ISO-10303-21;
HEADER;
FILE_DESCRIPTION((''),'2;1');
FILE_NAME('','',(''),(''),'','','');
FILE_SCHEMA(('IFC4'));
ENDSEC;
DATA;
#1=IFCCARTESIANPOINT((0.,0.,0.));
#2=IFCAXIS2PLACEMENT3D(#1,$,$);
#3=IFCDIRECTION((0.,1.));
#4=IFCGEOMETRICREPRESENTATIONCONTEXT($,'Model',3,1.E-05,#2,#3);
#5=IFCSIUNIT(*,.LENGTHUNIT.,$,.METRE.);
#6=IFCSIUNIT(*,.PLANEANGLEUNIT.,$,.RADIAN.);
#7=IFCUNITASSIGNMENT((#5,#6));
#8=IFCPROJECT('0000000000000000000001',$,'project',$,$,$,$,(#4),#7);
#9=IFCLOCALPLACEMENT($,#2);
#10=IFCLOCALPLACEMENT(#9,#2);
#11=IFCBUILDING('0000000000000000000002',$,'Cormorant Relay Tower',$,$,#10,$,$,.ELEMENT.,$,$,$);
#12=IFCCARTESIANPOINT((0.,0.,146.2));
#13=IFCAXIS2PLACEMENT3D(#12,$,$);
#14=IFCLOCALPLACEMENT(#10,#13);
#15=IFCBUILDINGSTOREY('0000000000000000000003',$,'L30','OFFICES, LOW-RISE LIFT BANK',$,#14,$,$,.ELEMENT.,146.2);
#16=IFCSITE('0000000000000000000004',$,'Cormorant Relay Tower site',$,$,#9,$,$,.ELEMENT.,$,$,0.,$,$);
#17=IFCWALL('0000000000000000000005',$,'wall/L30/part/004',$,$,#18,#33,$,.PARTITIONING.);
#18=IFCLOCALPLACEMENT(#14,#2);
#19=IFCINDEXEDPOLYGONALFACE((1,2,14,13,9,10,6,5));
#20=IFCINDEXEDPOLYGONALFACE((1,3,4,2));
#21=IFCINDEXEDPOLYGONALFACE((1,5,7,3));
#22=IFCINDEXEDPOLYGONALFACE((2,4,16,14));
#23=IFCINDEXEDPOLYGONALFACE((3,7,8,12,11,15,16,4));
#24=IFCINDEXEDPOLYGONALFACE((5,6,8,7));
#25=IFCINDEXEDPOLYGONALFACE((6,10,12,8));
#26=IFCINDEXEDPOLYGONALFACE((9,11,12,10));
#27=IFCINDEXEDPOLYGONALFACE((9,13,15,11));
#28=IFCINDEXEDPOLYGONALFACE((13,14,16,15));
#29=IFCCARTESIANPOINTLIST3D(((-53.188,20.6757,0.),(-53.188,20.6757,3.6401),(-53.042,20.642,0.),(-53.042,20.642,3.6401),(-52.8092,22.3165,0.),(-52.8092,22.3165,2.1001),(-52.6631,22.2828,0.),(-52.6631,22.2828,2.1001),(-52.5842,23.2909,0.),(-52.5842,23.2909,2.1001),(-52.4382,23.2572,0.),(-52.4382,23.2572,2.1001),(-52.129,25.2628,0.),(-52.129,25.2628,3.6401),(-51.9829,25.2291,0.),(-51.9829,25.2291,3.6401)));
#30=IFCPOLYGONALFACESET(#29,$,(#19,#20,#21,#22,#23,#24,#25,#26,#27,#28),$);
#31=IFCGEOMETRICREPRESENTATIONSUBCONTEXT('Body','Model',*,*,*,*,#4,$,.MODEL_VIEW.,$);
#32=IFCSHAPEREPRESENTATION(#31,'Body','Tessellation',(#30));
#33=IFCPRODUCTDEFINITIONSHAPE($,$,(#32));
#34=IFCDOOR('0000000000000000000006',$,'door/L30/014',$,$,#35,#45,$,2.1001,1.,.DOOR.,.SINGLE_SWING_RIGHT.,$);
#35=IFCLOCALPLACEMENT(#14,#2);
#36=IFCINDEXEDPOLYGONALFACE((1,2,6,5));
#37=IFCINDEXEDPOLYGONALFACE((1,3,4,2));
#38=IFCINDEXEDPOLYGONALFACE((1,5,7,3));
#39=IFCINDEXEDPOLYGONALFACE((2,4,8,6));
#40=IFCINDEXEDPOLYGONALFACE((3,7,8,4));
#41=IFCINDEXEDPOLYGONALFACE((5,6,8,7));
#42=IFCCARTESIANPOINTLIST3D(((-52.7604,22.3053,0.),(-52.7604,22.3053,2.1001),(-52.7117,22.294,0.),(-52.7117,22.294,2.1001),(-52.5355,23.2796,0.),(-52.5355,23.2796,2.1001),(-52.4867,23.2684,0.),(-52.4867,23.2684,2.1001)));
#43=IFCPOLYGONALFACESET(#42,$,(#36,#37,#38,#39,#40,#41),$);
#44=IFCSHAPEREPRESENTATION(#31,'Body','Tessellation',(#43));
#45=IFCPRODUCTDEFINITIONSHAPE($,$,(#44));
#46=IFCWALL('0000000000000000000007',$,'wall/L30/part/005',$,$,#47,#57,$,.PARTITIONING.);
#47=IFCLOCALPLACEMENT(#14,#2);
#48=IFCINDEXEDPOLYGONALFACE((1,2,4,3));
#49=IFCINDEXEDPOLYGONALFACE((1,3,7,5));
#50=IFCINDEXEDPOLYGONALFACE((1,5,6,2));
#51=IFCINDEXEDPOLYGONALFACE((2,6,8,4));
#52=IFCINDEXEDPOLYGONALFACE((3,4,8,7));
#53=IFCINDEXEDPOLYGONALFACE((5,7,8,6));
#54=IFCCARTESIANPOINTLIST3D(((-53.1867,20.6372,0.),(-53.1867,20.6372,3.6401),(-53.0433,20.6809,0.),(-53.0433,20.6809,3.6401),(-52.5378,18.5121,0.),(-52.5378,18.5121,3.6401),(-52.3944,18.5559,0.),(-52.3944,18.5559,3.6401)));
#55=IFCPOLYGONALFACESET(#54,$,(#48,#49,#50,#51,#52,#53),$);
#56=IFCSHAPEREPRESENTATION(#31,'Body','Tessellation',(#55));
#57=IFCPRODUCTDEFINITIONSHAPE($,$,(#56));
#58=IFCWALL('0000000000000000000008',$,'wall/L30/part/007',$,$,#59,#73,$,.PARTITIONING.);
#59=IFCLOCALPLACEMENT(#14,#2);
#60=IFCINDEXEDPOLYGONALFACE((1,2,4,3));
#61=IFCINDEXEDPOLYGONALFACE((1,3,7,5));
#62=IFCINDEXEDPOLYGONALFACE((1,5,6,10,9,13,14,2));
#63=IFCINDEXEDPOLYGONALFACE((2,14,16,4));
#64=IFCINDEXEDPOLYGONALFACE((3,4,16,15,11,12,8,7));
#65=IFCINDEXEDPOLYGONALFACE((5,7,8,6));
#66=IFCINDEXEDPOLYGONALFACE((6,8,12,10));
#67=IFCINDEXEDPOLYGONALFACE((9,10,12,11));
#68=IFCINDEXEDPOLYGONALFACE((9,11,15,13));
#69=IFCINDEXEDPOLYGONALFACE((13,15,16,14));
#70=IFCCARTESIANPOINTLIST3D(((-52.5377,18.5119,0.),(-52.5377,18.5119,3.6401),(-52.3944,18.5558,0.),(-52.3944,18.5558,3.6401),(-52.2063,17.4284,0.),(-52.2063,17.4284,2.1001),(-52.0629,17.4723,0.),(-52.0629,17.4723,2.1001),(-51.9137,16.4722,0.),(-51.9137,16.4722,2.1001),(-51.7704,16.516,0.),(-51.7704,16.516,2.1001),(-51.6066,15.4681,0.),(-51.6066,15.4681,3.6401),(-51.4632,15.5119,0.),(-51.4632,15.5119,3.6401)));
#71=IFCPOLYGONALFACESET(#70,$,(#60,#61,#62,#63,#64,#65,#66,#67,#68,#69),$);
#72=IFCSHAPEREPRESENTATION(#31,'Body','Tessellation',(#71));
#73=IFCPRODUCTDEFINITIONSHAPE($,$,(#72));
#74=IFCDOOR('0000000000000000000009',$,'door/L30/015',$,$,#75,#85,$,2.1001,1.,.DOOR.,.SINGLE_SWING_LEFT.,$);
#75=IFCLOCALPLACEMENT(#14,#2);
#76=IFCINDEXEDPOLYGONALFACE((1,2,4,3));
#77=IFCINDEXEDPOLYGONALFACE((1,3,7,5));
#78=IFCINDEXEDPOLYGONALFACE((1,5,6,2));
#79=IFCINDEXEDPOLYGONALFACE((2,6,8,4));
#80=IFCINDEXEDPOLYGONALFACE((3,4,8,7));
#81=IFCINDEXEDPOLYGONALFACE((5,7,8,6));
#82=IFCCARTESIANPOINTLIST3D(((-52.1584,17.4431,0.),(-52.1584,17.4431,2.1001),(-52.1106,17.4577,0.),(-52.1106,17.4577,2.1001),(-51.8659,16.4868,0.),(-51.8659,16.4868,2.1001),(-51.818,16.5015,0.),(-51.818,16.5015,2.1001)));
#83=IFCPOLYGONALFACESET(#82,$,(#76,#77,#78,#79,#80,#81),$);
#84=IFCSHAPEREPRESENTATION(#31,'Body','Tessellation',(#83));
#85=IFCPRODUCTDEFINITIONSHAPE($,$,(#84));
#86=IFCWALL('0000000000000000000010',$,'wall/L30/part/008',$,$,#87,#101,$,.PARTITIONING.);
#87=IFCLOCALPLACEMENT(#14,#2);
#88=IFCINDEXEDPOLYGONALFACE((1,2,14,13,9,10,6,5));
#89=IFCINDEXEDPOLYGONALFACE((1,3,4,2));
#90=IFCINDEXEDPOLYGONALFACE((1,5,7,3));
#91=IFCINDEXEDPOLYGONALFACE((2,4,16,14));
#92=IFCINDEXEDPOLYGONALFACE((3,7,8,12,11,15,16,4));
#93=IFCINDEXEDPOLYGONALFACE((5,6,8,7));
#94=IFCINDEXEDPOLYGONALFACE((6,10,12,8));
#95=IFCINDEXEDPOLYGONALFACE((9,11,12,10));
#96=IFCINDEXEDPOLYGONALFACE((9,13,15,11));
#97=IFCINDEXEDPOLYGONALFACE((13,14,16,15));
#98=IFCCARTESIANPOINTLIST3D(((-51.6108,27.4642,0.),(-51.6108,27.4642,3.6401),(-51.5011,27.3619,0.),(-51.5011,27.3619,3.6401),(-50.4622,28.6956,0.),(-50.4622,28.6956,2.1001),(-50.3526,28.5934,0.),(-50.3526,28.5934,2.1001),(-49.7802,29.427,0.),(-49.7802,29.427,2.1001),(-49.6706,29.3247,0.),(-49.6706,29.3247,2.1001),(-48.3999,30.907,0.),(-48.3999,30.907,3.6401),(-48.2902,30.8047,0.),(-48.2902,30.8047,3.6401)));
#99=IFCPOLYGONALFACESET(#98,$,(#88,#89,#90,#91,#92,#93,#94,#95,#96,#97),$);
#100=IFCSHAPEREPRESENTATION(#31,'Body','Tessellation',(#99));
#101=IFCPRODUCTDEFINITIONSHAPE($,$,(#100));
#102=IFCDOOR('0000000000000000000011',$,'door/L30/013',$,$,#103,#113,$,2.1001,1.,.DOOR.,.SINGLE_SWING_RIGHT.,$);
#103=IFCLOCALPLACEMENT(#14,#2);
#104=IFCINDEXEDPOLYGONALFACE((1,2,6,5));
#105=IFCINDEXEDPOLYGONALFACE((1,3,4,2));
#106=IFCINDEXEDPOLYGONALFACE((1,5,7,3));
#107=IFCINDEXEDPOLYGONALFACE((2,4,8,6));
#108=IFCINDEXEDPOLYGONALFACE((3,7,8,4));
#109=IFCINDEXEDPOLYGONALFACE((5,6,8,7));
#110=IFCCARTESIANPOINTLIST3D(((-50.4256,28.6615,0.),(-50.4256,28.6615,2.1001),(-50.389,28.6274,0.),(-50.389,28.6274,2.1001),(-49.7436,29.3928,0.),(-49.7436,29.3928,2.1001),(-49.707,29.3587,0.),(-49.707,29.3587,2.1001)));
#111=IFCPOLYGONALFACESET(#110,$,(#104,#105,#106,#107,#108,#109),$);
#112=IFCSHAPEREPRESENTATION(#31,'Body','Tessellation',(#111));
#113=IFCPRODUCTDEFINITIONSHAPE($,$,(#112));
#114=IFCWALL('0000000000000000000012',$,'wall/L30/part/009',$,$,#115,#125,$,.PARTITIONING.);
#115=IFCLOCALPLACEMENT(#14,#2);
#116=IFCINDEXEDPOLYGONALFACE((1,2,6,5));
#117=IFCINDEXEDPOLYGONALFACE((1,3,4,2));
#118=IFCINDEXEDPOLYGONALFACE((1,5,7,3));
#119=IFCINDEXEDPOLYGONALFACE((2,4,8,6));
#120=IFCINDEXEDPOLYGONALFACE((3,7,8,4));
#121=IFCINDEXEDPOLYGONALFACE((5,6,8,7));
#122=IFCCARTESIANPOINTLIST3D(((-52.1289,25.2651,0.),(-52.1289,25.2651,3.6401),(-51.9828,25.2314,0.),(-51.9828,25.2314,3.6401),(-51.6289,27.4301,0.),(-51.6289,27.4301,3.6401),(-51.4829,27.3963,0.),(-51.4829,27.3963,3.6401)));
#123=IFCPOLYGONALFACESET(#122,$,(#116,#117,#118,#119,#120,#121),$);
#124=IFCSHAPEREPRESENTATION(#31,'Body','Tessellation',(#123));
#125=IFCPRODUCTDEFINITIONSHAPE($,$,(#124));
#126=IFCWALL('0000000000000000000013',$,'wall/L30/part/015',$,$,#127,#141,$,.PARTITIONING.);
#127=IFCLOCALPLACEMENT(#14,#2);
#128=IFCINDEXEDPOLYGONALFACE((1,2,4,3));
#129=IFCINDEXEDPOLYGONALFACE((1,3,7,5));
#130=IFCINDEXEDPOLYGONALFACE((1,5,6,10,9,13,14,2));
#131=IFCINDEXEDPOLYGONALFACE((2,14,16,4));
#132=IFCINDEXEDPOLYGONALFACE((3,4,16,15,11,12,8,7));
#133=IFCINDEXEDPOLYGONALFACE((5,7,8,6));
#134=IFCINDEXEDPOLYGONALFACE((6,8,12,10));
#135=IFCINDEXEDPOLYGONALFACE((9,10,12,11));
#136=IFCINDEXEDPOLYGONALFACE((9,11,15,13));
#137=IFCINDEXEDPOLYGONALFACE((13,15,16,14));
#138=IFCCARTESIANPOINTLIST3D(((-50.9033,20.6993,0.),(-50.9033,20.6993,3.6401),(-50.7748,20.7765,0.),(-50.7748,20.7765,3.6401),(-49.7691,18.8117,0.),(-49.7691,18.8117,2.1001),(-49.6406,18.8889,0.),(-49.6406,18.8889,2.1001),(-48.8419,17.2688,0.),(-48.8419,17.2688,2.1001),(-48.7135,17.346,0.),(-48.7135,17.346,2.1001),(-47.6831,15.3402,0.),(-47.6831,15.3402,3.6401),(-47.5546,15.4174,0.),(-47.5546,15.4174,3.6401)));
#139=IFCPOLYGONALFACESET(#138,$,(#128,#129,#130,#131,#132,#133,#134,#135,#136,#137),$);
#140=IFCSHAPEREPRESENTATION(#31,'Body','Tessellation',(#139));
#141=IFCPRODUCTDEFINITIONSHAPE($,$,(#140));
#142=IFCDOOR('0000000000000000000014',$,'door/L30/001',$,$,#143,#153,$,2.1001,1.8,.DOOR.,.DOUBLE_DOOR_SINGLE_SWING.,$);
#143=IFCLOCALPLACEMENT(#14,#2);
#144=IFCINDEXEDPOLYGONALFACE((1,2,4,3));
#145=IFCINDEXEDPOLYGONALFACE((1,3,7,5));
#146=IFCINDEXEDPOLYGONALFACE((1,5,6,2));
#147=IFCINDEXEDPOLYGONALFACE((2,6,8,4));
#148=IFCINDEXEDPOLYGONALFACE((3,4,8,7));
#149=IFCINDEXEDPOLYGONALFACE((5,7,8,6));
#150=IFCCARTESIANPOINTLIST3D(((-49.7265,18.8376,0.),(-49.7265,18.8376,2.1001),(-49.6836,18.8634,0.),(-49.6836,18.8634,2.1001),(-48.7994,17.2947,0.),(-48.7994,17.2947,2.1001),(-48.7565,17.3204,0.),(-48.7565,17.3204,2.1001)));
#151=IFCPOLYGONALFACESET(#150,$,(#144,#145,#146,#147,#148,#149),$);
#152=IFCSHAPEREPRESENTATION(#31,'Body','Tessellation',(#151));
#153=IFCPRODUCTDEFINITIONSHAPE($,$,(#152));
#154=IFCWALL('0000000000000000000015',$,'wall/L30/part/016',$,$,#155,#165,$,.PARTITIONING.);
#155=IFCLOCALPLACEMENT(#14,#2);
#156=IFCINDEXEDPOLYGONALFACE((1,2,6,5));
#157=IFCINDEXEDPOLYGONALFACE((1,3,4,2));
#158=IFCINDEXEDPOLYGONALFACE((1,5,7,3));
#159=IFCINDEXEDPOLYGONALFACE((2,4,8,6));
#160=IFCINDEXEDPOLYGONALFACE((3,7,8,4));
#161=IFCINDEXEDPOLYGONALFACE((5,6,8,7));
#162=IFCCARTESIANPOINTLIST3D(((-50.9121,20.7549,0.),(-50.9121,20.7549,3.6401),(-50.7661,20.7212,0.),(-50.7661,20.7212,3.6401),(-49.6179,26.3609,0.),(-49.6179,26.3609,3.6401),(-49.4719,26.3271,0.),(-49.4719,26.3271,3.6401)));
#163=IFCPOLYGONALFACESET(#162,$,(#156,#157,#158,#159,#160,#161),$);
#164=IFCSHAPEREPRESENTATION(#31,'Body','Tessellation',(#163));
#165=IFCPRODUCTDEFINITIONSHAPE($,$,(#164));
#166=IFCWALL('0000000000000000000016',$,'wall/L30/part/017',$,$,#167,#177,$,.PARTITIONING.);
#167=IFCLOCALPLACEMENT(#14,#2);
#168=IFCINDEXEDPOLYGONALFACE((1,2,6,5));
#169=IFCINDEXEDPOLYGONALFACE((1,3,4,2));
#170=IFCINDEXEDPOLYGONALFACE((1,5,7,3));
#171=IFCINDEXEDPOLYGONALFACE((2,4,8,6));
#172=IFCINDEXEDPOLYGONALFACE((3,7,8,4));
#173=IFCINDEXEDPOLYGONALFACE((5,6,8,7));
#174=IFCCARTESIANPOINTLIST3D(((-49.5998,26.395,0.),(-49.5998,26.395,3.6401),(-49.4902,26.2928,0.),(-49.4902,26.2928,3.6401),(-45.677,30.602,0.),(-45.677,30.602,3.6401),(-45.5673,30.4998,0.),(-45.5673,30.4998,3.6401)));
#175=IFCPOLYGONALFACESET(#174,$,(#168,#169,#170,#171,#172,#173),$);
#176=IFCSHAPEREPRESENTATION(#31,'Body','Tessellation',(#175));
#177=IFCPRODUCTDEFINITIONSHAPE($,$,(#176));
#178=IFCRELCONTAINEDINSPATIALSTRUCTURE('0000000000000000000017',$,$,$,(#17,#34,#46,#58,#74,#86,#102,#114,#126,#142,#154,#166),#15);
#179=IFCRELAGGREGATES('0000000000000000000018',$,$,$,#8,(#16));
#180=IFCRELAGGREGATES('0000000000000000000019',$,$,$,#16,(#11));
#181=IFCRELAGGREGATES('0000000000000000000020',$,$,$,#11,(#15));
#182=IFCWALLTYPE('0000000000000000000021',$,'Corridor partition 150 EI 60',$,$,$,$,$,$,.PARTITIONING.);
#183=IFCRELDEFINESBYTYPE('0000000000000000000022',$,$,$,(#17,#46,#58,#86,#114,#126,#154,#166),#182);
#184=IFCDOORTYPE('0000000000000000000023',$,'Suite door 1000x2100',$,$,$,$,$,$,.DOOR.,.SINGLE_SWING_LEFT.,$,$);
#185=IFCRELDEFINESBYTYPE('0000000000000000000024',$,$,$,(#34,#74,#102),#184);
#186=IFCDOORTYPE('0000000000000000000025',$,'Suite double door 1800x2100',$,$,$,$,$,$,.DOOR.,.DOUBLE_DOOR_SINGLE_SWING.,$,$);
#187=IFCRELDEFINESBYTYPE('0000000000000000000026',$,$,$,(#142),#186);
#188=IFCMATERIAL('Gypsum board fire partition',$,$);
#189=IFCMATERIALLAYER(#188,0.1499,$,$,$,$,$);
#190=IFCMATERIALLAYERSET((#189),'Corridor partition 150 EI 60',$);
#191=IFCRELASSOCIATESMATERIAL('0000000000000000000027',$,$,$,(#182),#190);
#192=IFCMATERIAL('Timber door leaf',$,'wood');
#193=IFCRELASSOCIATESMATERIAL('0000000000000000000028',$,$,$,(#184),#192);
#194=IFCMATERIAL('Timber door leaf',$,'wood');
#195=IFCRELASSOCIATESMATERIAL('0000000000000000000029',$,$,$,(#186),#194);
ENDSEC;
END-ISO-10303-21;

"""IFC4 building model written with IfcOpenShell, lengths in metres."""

from ifc_helpers import new_model, si_unit, direction, frame, frame_2d, origin, place, context, subcontext, project, spatial, rectangle, extrude, material, layer, layer_set, type_object, element, fill, save


model = new_model("IFC4")

# Units and contexts
model_context = context("Model", 3, precision=1e-05, world=origin(), true_north=direction((0.0, 1.0)))
body_context = subcontext(model_context, "Body", "Model", "MODEL_VIEW")
ifc_project = project(units=[si_unit("LENGTHUNIT", "METRE"), si_unit("PLANEANGLEUNIT", "RADIAN")], contexts=[model_context])

# Site, building, storey
site_placement = place(None, origin())
site = spatial("IfcSite", under=ifc_project, at=site_placement, Name="Cormorant Relay Tower site", CompositionType="ELEMENT", RefElevation=0.0)
building_placement = place(site_placement, origin())
building = spatial("IfcBuilding", under=site, at=building_placement, Name="Cormorant Relay Tower", CompositionType="ELEMENT")
storey_placement = place(building_placement, frame((0.0, 0.0, 146.2)))
storey = spatial("IfcBuildingStorey", under=building, at=storey_placement, Name="L30", Description="OFFICES, LOW-RISE LIFT BANK", CompositionType="ELEMENT", Elevation=146.2)

# Wall, opening, door
ifc_material_1 = material(Name="Gypsum board fire partition")
ifc_layer_1 = layer(ifc_material_1, 0.1499)
ifc_layer_set_1 = layer_set([ifc_layer_1], Name="Corridor partition 150 EI 60")
wall_type_1 = type_object("IfcWallType", Name="Corridor partition 150 EI 60", PredefinedType="PARTITIONING", material=ifc_layer_set_1)
wall_1_placement = place(storey_placement, frame((-52.0559, 25.2461, 0.0), z_axis=(0.0, 0.0, 1.0), x_axis=(-0.224962, -0.974368, 0.0)))
wall_1 = element("IfcWall", 1, at=wall_1_placement, inside=storey, type_object=wall_type_1, Name="wall/L30/part/004", PredefinedType="PARTITIONING", context=body_context, shape_type="SweptSolid", body=[
    extrude(rectangle(XDim=4.7078, YDim=0.1499, at=frame_2d((2.354, 0.0))), origin(), (0.0, 0.0, 1.0), 3.6401),
])
opening_1_placement = place(wall_1_placement, frame((2.0239, 0.0, 0.0)))
opening_1 = element("IfcOpeningElement", 2, at=opening_1_placement, cuts=wall_1, PredefinedType="OPENING", context=body_context, shape_type="SweptSolid", body=[
    extrude(rectangle(XDim=1.0, YDim=2.1001, at=frame_2d((0.5, 1.05))), frame((0.0, 0.085, 0.0), z_axis=(0.0, -1.0, 0.0), x_axis=(1.0, 0.0, 0.0)), (0.0, 0.0, 1.0), 0.1699),
])
ifc_material_2 = material(Name="Timber door leaf", Category="wood")
door_type_1 = type_object("IfcDoorType", Name="Suite door 1000x2100", OperationType="SINGLE_SWING_LEFT", PredefinedType="DOOR", material=ifc_material_2)
door_1_placement = place(opening_1_placement, frame((1.0, 0.0, 0.0), z_axis=(0.0, 0.0, 1.0), x_axis=(-1.0, 0.0, 0.0)))
door_1 = element("IfcDoor", 3, at=door_1_placement, inside=storey, type_object=door_type_1, Name="door/L30/014", OperationType="SINGLE_SWING_RIGHT", OverallHeight=2.1001, OverallWidth=1.0, PredefinedType="DOOR", context=body_context, shape_type="SweptSolid", body=[
    extrude(rectangle(XDim=1.0, YDim=2.1001, at=frame_2d((0.5, 1.05))), frame((0.0, 0.0249, 0.0), z_axis=(0.0, -1.0, 0.0), x_axis=(1.0, 0.0, 0.0)), (0.0, 0.0, 1.0), 0.05),
])
fill(opening_1, door_1)

# Wall
wall_2_placement = place(storey_placement, frame((-53.115, 20.6589, 0.0), z_axis=(0.0, 0.0, 1.0), x_axis=(0.292062, -0.956399, 0.0)))
element("IfcWall", 4, at=wall_2_placement, inside=storey, type_object=wall_type_1, Name="wall/L30/part/005", PredefinedType="PARTITIONING", context=body_context, shape_type="SweptSolid", body=[
    extrude(rectangle(XDim=2.2219, YDim=0.1499, at=frame_2d((1.1108, 0.0))), origin(), (0.0, 0.0, 1.0), 3.6401),
])

# Walls, openings, doors
wall_3_placement = place(storey_placement, frame((-51.5349, 15.49, 0.0), z_axis=(0.0, 0.0, 1.0), x_axis=(-0.292522, 0.956259, 0.0)))
wall_3 = element("IfcWall", 5, at=wall_3_placement, inside=storey, type_object=wall_type_1, Name="wall/L30/part/007", PredefinedType="PARTITIONING", context=body_context, shape_type="SweptSolid", body=[
    extrude(rectangle(XDim=3.1831, YDim=0.1499, at=frame_2d((1.5916, 0.0))), origin(), (0.0, 0.0, 1.0), 3.6401),
])
opening_2_placement = place(wall_3_placement, frame((1.05, 0.0, 0.0)))
opening_2 = element("IfcOpeningElement", 6, at=opening_2_placement, cuts=wall_3, PredefinedType="OPENING", context=body_context, shape_type="SweptSolid", body=[
    extrude(rectangle(XDim=1.0, YDim=2.1001, at=frame_2d((0.5, 1.05))), frame((0.0, 0.085, 0.0), z_axis=(0.0, -1.0, 0.0), x_axis=(1.0, 0.0, 0.0)), (0.0, 0.0, 1.0), 0.1699),
])
door_2_placement = place(opening_2_placement, origin())
door_2 = element("IfcDoor", 7, at=door_2_placement, inside=storey, type_object=door_type_1, Name="door/L30/015", OperationType="SINGLE_SWING_LEFT", OverallHeight=2.1001, OverallWidth=1.0, PredefinedType="DOOR", context=body_context, shape_type="SweptSolid", body=[
    extrude(rectangle(XDim=1.0, YDim=2.1001, at=frame_2d((0.5, 1.05))), frame((0.0, 0.0249, 0.0), z_axis=(0.0, -1.0, 0.0), x_axis=(1.0, 0.0, 0.0)), (0.0, 0.0, 1.0), 0.05),
])
fill(opening_2, door_2)
wall_4_placement = place(storey_placement, frame((-48.345, 30.856, 0.0), z_axis=(0.0, 0.0, 1.0), x_axis=(-0.682045, -0.73131, 0.0)))
wall_4 = element("IfcWall", 8, at=wall_4_placement, inside=storey, type_object=wall_type_1, Name="wall/L30/part/008", PredefinedType="PARTITIONING", context=body_context, shape_type="SweptSolid", body=[
    extrude(rectangle(XDim=4.7078, YDim=0.1499, at=frame_2d((2.354, 0.0))), origin(), (0.0, 0.0, 1.0), 3.6401),
])
opening_3_placement = place(wall_4_placement, frame((2.0239, 0.0, 0.0)))
opening_3 = element("IfcOpeningElement", 9, at=opening_3_placement, cuts=wall_4, PredefinedType="OPENING", context=body_context, shape_type="SweptSolid", body=[
    extrude(rectangle(XDim=1.0, YDim=2.1001, at=frame_2d((0.5, 1.05))), frame((0.0, 0.085, 0.0), z_axis=(0.0, -1.0, 0.0), x_axis=(1.0, 0.0, 0.0)), (0.0, 0.0, 1.0), 0.1699),
])
door_3_placement = place(opening_3_placement, frame((1.0, 0.0, 0.0), z_axis=(0.0, 0.0, 1.0), x_axis=(-1.0, 0.0, 0.0)))
door_3 = element("IfcDoor", 10, at=door_3_placement, inside=storey, type_object=door_type_1, Name="door/L30/013", OperationType="SINGLE_SWING_RIGHT", OverallHeight=2.1001, OverallWidth=1.0, PredefinedType="DOOR", context=body_context, shape_type="SweptSolid", body=[
    extrude(rectangle(XDim=1.0, YDim=2.1001, at=frame_2d((0.5, 1.05))), frame((0.0, 0.0249, 0.0), z_axis=(0.0, -1.0, 0.0), x_axis=(1.0, 0.0, 0.0)), (0.0, 0.0, 1.0), 0.05),
])
fill(opening_3, door_3)

# Wall
wall_5_placement = place(storey_placement, frame((-51.5559, 27.4131, 0.0), z_axis=(0.0, 0.0, 1.0), x_axis=(-0.22502, -0.974354, 0.0)))
element("IfcWall", 11, at=wall_5_placement, inside=storey, type_object=wall_type_1, Name="wall/L30/part/009", PredefinedType="PARTITIONING", context=body_context, shape_type="SweptSolid", body=[
    extrude(rectangle(XDim=2.2219, YDim=0.1499, at=frame_2d((1.1108, 0.0))), origin(), (0.0, 0.0, 1.0), 3.6401),
])

# Wall, opening, door
wall_6_placement = place(storey_placement, frame((-47.6189, 15.3789, 0.0), z_axis=(0.0, 0.0, 1.0), x_axis=(-0.515053, 0.857159, 0.0)))
wall_6 = element("IfcWall", 12, at=wall_6_placement, inside=storey, type_object=wall_type_1, Name="wall/L30/part/015", PredefinedType="PARTITIONING", context=body_context, shape_type="SweptSolid", body=[
    extrude(rectangle(XDim=6.2522, YDim=0.1499, at=frame_2d((3.126, 0.0))), origin(), (0.0, 0.0, 1.0), 3.6401),
])
opening_4_placement = place(wall_6_placement, frame((2.25, 0.0, 0.0)))
opening_4 = element("IfcOpeningElement", 13, at=opening_4_placement, cuts=wall_6, PredefinedType="OPENING", context=body_context, shape_type="SweptSolid", body=[
    extrude(rectangle(XDim=1.8, YDim=2.1001, at=frame_2d((0.8999, 1.05))), frame((0.0, 0.085, 0.0), z_axis=(0.0, -1.0, 0.0), x_axis=(1.0, 0.0, 0.0)), (0.0, 0.0, 1.0), 0.1699),
])
ifc_material_3 = material(Name="Timber door leaf", Category="wood")
door_type_2 = type_object("IfcDoorType", Name="Suite double door 1800x2100", OperationType="DOUBLE_DOOR_SINGLE_SWING", PredefinedType="DOOR", material=ifc_material_3)
door_4_placement = place(opening_4_placement, frame((1.8, 0.0, 0.0), z_axis=(0.0, 0.0, 1.0), x_axis=(-1.0, 0.0, 0.0)))
door_4 = element("IfcDoor", 14, at=door_4_placement, inside=storey, type_object=door_type_2, Name="door/L30/001", OperationType="DOUBLE_DOOR_SINGLE_SWING", OverallHeight=2.1001, OverallWidth=1.8, PredefinedType="DOOR", context=body_context, shape_type="SweptSolid", body=[
    extrude(rectangle(XDim=1.8, YDim=2.1001, at=frame_2d((0.8999, 1.05))), frame((0.0, 0.0249, 0.0), z_axis=(0.0, -1.0, 0.0), x_axis=(1.0, 0.0, 0.0)), (0.0, 0.0, 1.0), 0.05),
])
fill(opening_4, door_4)

# Walls
wall_7_placement = place(storey_placement, frame((-50.8391, 20.738, 0.0), z_axis=(0.0, 0.0, 1.0), x_axis=(0.224943, 0.974372, 0.0)))
element("IfcWall", 15, at=wall_7_placement, inside=storey, type_object=wall_type_1, Name="wall/L30/part/016", PredefinedType="PARTITIONING", context=body_context, shape_type="SweptSolid", body=[
    extrude(rectangle(XDim=5.7534, YDim=0.1499, at=frame_2d((2.8767, 0.0))), origin(), (0.0, 0.0, 1.0), 3.6401),
])
wall_8_placement = place(storey_placement, frame((-49.5449, 26.344, 0.0), z_axis=(0.0, 0.0, 1.0), x_axis=(0.681973, 0.731377, 0.0)))
element("IfcWall", 16, at=wall_8_placement, inside=storey, type_object=wall_type_1, Name="wall/L30/part/017", PredefinedType="PARTITIONING", context=body_context, shape_type="SweptSolid", body=[
    extrude(rectangle(XDim=5.7522, YDim=0.1499, at=frame_2d((2.876, 0.0))), origin(), (0.0, 0.0, 1.0), 3.6401),
])

save(model, "model.ifc")
